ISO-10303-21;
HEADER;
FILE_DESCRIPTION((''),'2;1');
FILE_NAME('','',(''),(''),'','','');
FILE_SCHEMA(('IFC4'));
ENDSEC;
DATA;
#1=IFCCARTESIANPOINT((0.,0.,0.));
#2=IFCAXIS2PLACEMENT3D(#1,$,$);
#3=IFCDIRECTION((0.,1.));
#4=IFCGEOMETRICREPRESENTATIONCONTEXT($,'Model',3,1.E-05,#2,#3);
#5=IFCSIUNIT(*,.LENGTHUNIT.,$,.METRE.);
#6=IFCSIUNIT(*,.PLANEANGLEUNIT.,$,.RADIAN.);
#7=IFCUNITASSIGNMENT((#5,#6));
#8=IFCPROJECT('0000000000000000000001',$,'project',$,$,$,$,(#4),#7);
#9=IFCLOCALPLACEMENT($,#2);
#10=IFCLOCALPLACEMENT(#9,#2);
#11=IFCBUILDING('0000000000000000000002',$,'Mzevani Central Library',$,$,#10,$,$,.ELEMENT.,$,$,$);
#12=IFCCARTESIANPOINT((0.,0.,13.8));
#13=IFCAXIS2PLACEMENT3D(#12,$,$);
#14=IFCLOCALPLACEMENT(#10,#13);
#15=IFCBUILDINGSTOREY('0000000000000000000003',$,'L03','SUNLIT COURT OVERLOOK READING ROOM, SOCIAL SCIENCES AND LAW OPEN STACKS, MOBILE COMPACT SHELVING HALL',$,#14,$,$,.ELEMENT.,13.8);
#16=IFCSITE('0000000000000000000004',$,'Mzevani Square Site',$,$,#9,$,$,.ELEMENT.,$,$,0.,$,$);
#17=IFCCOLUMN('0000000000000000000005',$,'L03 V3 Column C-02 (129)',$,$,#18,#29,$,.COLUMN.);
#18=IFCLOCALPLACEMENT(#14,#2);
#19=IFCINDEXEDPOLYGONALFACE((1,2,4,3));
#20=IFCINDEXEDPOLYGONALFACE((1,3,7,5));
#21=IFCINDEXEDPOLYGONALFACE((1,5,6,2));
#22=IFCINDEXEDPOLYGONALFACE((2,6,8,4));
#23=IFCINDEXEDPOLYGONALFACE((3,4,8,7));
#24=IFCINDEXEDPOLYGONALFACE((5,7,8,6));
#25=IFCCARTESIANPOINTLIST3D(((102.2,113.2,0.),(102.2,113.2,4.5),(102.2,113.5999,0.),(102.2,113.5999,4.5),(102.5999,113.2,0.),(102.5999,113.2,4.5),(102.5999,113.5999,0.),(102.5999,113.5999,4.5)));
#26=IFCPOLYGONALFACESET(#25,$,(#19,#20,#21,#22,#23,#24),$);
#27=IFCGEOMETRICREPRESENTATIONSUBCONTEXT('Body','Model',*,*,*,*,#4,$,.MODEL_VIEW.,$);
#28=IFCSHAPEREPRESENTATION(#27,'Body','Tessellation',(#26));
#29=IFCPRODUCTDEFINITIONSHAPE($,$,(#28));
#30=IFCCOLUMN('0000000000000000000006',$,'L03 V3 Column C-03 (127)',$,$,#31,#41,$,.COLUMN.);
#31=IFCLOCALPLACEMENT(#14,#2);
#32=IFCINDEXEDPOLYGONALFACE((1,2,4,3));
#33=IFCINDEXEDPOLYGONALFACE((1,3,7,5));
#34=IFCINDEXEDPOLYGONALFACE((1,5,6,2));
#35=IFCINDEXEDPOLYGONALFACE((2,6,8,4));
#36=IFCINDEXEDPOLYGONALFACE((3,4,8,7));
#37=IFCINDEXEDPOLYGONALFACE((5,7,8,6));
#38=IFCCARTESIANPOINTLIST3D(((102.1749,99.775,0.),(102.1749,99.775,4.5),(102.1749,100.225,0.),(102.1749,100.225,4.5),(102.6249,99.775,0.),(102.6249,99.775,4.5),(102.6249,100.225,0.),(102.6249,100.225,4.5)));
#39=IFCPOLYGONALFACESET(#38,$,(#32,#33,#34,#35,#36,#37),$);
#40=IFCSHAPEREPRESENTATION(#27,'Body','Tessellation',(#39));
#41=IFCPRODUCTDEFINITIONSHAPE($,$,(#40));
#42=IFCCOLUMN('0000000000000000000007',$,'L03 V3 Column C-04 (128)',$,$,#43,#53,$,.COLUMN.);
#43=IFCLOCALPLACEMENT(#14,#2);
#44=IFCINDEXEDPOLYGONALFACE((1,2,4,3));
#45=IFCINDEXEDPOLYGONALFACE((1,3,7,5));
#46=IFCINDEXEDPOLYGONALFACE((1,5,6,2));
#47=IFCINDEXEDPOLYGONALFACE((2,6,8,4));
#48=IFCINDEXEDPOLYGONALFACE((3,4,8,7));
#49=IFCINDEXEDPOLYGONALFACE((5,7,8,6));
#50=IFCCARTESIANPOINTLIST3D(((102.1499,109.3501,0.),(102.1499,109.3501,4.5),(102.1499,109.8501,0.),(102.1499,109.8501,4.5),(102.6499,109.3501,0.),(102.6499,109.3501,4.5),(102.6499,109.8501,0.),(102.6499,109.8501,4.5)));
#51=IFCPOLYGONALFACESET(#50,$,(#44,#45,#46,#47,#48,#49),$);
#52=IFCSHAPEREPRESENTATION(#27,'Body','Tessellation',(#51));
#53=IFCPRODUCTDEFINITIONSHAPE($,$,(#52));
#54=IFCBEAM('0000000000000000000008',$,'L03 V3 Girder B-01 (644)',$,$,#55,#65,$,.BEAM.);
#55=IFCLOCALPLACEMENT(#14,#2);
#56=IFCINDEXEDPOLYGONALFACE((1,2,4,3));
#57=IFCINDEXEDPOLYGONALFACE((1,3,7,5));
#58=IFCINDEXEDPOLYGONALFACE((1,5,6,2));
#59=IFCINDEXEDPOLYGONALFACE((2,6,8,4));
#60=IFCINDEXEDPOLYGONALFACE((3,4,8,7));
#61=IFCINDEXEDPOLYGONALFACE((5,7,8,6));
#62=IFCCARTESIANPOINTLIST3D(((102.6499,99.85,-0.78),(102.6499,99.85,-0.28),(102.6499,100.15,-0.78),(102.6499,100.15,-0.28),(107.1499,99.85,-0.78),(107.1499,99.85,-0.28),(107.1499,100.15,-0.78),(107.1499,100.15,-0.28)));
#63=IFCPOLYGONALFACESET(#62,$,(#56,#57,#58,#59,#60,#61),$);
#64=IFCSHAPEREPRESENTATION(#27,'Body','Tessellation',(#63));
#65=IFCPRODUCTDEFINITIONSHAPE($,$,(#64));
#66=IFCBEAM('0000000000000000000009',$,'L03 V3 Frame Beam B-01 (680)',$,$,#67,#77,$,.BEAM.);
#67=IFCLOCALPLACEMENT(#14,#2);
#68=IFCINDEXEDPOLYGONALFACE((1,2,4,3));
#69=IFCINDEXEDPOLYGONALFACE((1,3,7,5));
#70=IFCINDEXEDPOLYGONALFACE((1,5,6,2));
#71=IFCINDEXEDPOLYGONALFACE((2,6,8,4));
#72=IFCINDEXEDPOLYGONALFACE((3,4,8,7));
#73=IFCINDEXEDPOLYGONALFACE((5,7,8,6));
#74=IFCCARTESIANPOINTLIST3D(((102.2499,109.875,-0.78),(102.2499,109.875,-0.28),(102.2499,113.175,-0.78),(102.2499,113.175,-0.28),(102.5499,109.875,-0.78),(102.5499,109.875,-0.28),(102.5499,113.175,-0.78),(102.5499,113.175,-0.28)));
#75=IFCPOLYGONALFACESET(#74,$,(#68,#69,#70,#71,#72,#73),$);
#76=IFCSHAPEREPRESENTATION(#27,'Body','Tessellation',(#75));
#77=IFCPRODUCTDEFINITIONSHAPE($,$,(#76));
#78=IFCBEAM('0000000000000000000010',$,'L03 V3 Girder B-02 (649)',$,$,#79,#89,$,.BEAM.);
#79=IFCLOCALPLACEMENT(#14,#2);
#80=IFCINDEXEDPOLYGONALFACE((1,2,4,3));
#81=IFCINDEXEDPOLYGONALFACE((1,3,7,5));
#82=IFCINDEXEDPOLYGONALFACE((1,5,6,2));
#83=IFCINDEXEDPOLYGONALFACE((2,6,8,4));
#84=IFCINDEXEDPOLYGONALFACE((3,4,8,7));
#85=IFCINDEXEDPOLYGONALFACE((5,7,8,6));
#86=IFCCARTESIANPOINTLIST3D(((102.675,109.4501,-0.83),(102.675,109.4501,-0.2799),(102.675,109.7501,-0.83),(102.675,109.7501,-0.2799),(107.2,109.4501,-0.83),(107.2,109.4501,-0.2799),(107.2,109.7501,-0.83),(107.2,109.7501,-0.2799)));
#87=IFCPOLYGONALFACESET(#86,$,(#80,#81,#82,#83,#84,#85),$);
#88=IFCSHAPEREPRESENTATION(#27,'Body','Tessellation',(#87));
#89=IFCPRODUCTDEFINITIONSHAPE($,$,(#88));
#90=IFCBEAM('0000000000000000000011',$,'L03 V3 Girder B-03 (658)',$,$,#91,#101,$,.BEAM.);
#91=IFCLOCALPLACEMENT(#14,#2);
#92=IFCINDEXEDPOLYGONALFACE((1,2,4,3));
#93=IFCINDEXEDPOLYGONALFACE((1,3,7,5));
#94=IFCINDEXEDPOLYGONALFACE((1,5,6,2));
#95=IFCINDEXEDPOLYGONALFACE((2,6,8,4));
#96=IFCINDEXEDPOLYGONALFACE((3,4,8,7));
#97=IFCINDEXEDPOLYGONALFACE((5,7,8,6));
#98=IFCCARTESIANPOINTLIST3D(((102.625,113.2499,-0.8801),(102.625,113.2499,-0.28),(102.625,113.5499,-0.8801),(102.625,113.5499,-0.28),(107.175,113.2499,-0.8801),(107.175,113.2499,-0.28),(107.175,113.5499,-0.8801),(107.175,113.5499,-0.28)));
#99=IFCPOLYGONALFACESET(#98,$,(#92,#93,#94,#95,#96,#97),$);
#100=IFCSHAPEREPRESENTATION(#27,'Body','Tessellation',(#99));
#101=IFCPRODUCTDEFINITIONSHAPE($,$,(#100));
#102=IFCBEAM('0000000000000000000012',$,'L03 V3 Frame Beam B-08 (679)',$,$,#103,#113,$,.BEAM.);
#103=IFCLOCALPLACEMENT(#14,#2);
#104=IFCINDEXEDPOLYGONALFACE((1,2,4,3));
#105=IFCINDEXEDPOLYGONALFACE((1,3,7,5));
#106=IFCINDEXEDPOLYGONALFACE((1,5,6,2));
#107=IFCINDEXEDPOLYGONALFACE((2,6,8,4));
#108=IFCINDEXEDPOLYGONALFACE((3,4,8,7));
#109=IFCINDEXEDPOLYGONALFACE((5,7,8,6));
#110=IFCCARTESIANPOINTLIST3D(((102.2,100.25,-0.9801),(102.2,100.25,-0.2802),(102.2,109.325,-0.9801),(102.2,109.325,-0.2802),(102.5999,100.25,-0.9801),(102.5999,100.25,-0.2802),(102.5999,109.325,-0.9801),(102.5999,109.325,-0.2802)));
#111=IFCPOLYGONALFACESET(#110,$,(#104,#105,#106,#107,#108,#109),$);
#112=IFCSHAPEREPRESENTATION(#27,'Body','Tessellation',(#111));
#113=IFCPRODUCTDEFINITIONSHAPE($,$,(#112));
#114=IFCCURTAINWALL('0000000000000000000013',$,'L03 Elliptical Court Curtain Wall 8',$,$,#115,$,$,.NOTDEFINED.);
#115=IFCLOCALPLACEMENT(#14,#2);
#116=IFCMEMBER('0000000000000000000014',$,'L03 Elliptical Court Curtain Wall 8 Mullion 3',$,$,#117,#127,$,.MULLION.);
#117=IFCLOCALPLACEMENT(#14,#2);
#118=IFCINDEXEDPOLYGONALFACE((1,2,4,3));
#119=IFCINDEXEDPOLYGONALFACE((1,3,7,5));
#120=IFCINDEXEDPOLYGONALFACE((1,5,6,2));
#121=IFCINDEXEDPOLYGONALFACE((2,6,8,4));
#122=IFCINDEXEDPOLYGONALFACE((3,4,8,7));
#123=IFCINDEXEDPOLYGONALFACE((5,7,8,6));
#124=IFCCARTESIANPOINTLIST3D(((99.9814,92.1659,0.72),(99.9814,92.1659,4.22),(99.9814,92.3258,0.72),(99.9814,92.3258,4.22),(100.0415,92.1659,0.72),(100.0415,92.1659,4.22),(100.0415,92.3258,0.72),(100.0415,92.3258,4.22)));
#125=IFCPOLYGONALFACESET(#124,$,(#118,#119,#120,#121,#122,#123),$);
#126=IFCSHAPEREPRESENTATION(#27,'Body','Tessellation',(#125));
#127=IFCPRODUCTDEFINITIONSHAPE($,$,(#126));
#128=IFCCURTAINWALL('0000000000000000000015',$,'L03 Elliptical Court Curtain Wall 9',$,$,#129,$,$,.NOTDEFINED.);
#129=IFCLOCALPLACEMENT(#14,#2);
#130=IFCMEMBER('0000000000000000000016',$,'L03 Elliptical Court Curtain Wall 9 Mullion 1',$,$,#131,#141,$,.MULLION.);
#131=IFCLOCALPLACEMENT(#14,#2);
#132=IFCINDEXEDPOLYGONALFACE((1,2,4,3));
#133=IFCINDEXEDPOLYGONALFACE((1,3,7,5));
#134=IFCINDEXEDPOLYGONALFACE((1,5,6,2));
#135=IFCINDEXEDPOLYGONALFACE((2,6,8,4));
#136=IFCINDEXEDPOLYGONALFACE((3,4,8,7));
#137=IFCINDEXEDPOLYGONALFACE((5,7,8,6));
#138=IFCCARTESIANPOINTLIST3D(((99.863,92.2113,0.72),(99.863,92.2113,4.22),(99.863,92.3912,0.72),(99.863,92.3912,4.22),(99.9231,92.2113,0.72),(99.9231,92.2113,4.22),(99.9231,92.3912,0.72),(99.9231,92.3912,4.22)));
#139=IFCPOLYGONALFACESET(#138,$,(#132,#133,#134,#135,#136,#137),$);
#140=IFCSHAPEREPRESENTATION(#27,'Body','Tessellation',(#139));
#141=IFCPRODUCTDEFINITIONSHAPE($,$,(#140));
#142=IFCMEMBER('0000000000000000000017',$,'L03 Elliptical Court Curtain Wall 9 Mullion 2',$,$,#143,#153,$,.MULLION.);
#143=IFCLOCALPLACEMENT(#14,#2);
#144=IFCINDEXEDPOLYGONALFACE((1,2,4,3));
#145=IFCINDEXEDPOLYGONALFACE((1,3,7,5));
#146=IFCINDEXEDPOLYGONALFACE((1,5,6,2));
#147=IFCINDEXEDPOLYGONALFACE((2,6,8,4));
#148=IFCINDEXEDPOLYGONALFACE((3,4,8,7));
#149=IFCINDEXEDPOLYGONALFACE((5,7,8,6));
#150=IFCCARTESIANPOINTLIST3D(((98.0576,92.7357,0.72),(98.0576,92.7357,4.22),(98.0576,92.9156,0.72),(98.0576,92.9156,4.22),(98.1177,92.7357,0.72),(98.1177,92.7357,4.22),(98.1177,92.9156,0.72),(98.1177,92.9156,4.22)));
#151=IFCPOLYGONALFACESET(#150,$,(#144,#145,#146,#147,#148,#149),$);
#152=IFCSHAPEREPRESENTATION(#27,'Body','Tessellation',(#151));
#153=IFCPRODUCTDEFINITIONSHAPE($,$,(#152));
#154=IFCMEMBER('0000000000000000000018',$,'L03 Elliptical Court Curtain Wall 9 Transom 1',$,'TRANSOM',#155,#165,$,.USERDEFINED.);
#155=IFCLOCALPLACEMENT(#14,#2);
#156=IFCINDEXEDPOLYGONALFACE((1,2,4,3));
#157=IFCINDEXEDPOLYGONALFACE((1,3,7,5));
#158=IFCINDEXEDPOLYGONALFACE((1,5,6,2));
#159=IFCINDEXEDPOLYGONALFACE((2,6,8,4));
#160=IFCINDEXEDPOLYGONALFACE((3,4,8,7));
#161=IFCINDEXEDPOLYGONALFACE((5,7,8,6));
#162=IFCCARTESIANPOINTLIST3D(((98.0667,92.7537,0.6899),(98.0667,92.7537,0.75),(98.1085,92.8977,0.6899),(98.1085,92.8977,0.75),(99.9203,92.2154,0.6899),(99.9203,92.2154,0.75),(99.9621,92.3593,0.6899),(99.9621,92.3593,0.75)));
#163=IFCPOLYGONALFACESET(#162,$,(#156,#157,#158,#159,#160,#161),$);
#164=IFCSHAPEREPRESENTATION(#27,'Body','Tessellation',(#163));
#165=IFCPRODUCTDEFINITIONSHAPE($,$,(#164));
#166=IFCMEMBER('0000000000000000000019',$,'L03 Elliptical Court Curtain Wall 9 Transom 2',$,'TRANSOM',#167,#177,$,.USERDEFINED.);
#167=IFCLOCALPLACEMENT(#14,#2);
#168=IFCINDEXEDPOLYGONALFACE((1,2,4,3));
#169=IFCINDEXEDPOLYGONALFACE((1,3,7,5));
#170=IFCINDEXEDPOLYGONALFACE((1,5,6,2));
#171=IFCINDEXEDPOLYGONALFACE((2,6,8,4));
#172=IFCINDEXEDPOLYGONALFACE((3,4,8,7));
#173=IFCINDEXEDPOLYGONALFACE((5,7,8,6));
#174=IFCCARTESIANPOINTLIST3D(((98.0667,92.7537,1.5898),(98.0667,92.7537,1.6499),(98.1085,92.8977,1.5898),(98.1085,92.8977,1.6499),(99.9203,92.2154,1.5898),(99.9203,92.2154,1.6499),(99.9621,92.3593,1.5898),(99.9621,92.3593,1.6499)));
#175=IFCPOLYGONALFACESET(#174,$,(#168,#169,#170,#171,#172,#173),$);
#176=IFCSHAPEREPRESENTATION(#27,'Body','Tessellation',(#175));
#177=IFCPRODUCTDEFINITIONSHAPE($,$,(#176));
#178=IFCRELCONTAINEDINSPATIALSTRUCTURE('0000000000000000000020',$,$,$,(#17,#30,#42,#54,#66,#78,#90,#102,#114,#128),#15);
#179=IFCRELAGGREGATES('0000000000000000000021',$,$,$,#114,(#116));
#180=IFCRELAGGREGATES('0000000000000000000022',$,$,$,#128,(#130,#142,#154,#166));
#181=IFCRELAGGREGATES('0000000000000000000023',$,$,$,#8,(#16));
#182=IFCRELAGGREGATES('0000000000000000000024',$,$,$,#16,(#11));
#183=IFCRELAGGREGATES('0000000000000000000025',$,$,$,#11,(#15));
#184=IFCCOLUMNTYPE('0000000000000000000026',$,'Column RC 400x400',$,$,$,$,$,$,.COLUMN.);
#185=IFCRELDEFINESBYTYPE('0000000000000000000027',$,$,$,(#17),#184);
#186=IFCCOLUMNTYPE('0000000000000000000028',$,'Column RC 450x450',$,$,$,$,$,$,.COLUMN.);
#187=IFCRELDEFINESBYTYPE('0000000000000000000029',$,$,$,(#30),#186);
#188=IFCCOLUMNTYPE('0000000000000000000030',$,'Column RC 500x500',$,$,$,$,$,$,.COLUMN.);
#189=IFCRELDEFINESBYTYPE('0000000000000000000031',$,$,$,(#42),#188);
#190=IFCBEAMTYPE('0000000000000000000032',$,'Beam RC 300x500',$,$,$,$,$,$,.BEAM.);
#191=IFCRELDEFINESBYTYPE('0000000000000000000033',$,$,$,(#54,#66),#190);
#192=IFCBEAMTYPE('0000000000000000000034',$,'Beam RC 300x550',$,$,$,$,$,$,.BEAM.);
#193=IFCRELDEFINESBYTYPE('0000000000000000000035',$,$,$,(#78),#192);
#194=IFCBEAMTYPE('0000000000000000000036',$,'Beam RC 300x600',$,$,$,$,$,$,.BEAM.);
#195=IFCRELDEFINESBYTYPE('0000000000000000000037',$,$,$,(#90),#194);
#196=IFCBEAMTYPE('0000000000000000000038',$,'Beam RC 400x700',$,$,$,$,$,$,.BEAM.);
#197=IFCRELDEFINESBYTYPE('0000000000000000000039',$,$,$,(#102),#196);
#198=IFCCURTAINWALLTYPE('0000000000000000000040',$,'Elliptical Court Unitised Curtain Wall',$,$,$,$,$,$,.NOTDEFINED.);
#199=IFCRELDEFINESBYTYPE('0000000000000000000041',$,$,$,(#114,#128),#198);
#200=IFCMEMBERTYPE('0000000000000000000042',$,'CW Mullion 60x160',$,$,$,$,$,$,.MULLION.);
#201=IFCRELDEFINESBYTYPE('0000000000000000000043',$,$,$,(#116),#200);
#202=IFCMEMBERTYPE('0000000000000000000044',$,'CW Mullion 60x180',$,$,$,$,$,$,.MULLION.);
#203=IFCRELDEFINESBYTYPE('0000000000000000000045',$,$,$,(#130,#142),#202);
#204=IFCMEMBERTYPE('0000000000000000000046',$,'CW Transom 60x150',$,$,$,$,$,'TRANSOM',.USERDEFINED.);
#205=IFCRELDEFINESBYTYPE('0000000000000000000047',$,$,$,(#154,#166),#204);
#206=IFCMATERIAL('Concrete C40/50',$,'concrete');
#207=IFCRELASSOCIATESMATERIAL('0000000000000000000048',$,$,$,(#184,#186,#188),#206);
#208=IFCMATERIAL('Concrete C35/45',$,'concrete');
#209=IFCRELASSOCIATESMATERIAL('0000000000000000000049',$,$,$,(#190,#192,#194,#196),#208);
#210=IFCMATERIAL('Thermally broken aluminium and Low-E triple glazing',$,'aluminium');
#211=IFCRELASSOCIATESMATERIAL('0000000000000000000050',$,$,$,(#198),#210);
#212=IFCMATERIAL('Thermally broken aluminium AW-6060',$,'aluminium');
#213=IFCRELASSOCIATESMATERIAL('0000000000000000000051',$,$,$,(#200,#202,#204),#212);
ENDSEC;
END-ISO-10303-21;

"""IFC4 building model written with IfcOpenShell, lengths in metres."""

from ifc_helpers import new_model, si_unit, direction, frame, origin, origin_2d, place, context, subcontext, project, spatial, rectangle, extrude, material, material_profile, profile_set, type_object, element, aggregate, save


model = new_model("IFC4")

# Units and contexts
model_context = context("Model", 3, precision=1e-05, world=origin(), true_north=direction((0.0, 1.0)))
body_context = subcontext(model_context, "Body", "Model", "MODEL_VIEW")
ifc_project = project(units=[si_unit("LENGTHUNIT", "METRE"), si_unit("PLANEANGLEUNIT", "RADIAN")], contexts=[model_context])

# Site, building, storey
site_placement = place(None, origin())
site = spatial("IfcSite", under=ifc_project, at=site_placement, Name="Mzevani Square Site", CompositionType="ELEMENT", RefElevation=0.0)
building_placement = place(site_placement, origin())
building = spatial("IfcBuilding", under=site, at=building_placement, Name="Mzevani Central Library", CompositionType="ELEMENT")
storey_placement = place(building_placement, frame((0.0, 0.0, 13.8)))
storey = spatial("IfcBuildingStorey", under=building, at=storey_placement, Name="L03", Description="SUNLIT COURT OVERLOOK READING ROOM, SOCIAL SCIENCES AND LAW OPEN STACKS, MOBILE COMPACT SHELVING HALL", CompositionType="ELEMENT", Elevation=13.8)

# Columns
ifc_material_1 = material(Name="Concrete C40/50", Category="concrete")
ifc_material_profile_1 = material_profile(ifc_material_1, rectangle(XDim=0.3999, YDim=0.3999, at=origin_2d()), Name="RC 400x400")
ifc_profile_set_1 = profile_set([ifc_material_profile_1], Name="Concrete C40/50")
column_type_1 = type_object("IfcColumnType", Name="Column RC 400x400", PredefinedType="COLUMN", material=ifc_profile_set_1)
column_1_placement = place(storey_placement, frame((102.3999, 113.3999, 0.0), z_axis=(0.0, 0.0, 1.0), x_axis=(1.0, 0.0, 0.0)))
element("IfcColumn", 1, at=column_1_placement, inside=storey, type_object=column_type_1, Name="L03 V3 Column C-02 (129)", PredefinedType="COLUMN", context=body_context, shape_type="SweptSolid", body=[
    extrude(rectangle(XDim=0.3999, YDim=0.3999, at=origin_2d()), origin(), (0.0, 0.0, 1.0), 4.5),
])
ifc_material_profile_2 = material_profile(ifc_material_1, rectangle(XDim=0.45, YDim=0.45, at=origin_2d()), Name="RC 450x450")
ifc_profile_set_2 = profile_set([ifc_material_profile_2], Name="Concrete C40/50")
column_type_2 = type_object("IfcColumnType", Name="Column RC 450x450", PredefinedType="COLUMN", material=ifc_profile_set_2)
column_2_placement = place(storey_placement, frame((102.3999, 100.0, 0.0), z_axis=(0.0, 0.0, 1.0), x_axis=(1.0, 0.0, 0.0)))
element("IfcColumn", 2, at=column_2_placement, inside=storey, type_object=column_type_2, Name="L03 V3 Column C-03 (127)", PredefinedType="COLUMN", context=body_context, shape_type="SweptSolid", body=[
    extrude(rectangle(XDim=0.45, YDim=0.45, at=origin_2d()), origin(), (0.0, 0.0, 1.0), 4.5),
])
ifc_material_profile_3 = material_profile(ifc_material_1, rectangle(XDim=0.5, YDim=0.5, at=origin_2d()), Name="RC 500x500")
ifc_profile_set_3 = profile_set([ifc_material_profile_3], Name="Concrete C40/50")
column_type_3 = type_object("IfcColumnType", Name="Column RC 500x500", PredefinedType="COLUMN", material=ifc_profile_set_3)
column_3_placement = place(storey_placement, frame((102.3999, 109.6001, 0.0), z_axis=(0.0, 0.0, 1.0), x_axis=(1.0, 0.0, 0.0)))
element("IfcColumn", 3, at=column_3_placement, inside=storey, type_object=column_type_3, Name="L03 V3 Column C-04 (128)", PredefinedType="COLUMN", context=body_context, shape_type="SweptSolid", body=[
    extrude(rectangle(XDim=0.5, YDim=0.5, at=origin_2d()), origin(), (0.0, 0.0, 1.0), 4.5),
])

# Beams
ifc_material_2 = material(Name="Concrete C35/45", Category="concrete")
ifc_material_profile_4 = material_profile(ifc_material_2, rectangle(XDim=0.3, YDim=0.5, at=origin_2d()), Name="RC B300x500")
ifc_profile_set_4 = profile_set([ifc_material_profile_4], Name="Concrete C35/45")
beam_type_1 = type_object("IfcBeamType", Name="Beam RC 300x500", PredefinedType="BEAM", material=ifc_profile_set_4)
beam_1_placement = place(storey_placement, frame((102.6499, 100.0, -0.53), z_axis=(1.0, 0.0, 0.0), x_axis=(0.0, 1.0, 0.0)))
element("IfcBeam", 4, at=beam_1_placement, inside=storey, type_object=beam_type_1, Name="L03 V3 Girder B-01 (644)", PredefinedType="BEAM", context=body_context, shape_type="SweptSolid", body=[
    extrude(rectangle(XDim=0.3, YDim=0.5, at=origin_2d()), origin(), (0.0, 0.0, 1.0), 4.5),
])
beam_2_placement = place(storey_placement, frame((102.3999, 109.875, -0.53), z_axis=(0.0, 1.0, 0.0), x_axis=(-1.0, 0.0, 0.0)))
element("IfcBeam", 5, at=beam_2_placement, inside=storey, type_object=beam_type_1, Name="L03 V3 Frame Beam B-01 (680)", PredefinedType="BEAM", context=body_context, shape_type="SweptSolid", body=[
    extrude(rectangle(XDim=0.3, YDim=0.5, at=origin_2d()), origin(), (0.0, 0.0, 1.0), 3.3),
])
ifc_material_profile_5 = material_profile(ifc_material_2, rectangle(XDim=0.3, YDim=0.55, at=origin_2d()), Name="RC B300x550")
ifc_profile_set_5 = profile_set([ifc_material_profile_5], Name="Concrete C35/45")
beam_type_2 = type_object("IfcBeamType", Name="Beam RC 300x550", PredefinedType="BEAM", material=ifc_profile_set_5)
beam_3_placement = place(storey_placement, frame((102.675, 109.6001, -0.5549), z_axis=(1.0, 0.0, 0.0), x_axis=(0.0, 1.0, 0.0)))
element("IfcBeam", 6, at=beam_3_placement, inside=storey, type_object=beam_type_2, Name="L03 V3 Girder B-02 (649)", PredefinedType="BEAM", context=body_context, shape_type="SweptSolid", body=[
    extrude(rectangle(XDim=0.3, YDim=0.55, at=origin_2d()), origin(), (0.0, 0.0, 1.0), 4.5249),
])
ifc_material_profile_6 = material_profile(ifc_material_2, rectangle(XDim=0.3, YDim=0.6001, at=origin_2d()), Name="RC B300x600")
ifc_profile_set_6 = profile_set([ifc_material_profile_6], Name="Concrete C35/45")
beam_type_3 = type_object("IfcBeamType", Name="Beam RC 300x600", PredefinedType="BEAM", material=ifc_profile_set_6)
beam_4_placement = place(storey_placement, frame((102.625, 113.3999, -0.5801), z_axis=(1.0, 0.0, 0.0), x_axis=(0.0, 1.0, 0.0)))
element("IfcBeam", 7, at=beam_4_placement, inside=storey, type_object=beam_type_3, Name="L03 V3 Girder B-03 (658)", PredefinedType="BEAM", context=body_context, shape_type="SweptSolid", body=[
    extrude(rectangle(XDim=0.3, YDim=0.6001, at=origin_2d()), origin(), (0.0, 0.0, 1.0), 4.55),
])
ifc_material_profile_7 = material_profile(ifc_material_2, rectangle(XDim=0.3999, YDim=0.7, at=origin_2d()), Name="RC B400x700")
ifc_profile_set_7 = profile_set([ifc_material_profile_7], Name="Concrete C35/45")
beam_type_4 = type_object("IfcBeamType", Name="Beam RC 400x700", PredefinedType="BEAM", material=ifc_profile_set_7)
beam_5_placement = place(storey_placement, frame((102.3999, 100.25, -0.6301), z_axis=(0.0, 1.0, 0.0), x_axis=(-1.0, 0.0, 0.0)))
element("IfcBeam", 8, at=beam_5_placement, inside=storey, type_object=beam_type_4, Name="L03 V3 Frame Beam B-08 (679)", PredefinedType="BEAM", context=body_context, shape_type="SweptSolid", body=[
    extrude(rectangle(XDim=0.3999, YDim=0.7, at=origin_2d()), origin(), (0.0, 0.0, 1.0), 9.075),
])

# Curtain wall, member
ifc_material_3 = material(Name="Thermally broken aluminium and Low-E triple glazing", Category="aluminium")
curtain_wall_type = type_object("IfcCurtainWallType", Name="Elliptical Court Unitised Curtain Wall", PredefinedType="NOTDEFINED", material=ifc_material_3)
curtain_wall_1_placement = place(storey_placement, origin())
curtain_wall_1 = element("IfcCurtainWall", 9, at=curtain_wall_1_placement, inside=storey, type_object=curtain_wall_type, Name="L03 Elliptical Court Curtain Wall 8", PredefinedType="NOTDEFINED")
ifc_material_4 = material(Name="Thermally broken aluminium AW-6060", Category="aluminium")
ifc_material_profile_8 = material_profile(ifc_material_4, rectangle(XDim=0.0601, YDim=0.1599, at=origin_2d()), Name="ALU M60x160")
ifc_profile_set_8 = profile_set([ifc_material_profile_8], Name="Thermally broken aluminium AW-6060")
member_type_1 = type_object("IfcMemberType", Name="CW Mullion 60x160", PredefinedType="MULLION", material=ifc_profile_set_8)
member_1_placement = place(storey_placement, frame((100.0115, 92.2458, 0.72), z_axis=(0.0, 0.0, 1.0), x_axis=(1.0, 0.0, 0.0)))
member_1 = element("IfcMember", 10, at=member_1_placement, type_object=member_type_1, Name="L03 Elliptical Court Curtain Wall 8 Mullion 3", PredefinedType="MULLION", context=body_context, shape_type="SweptSolid", body=[
    extrude(rectangle(XDim=0.0601, YDim=0.1599, at=origin_2d()), origin(), (0.0, 0.0, 1.0), 3.5),
])

# Curtain wall, members
curtain_wall_2_placement = place(storey_placement, origin())
curtain_wall_2 = element("IfcCurtainWall", 11, at=curtain_wall_2_placement, inside=storey, type_object=curtain_wall_type, Name="L03 Elliptical Court Curtain Wall 9", PredefinedType="NOTDEFINED")
ifc_material_profile_9 = material_profile(ifc_material_4, rectangle(XDim=0.0601, YDim=0.1799, at=origin_2d()), Name="ALU M60x180")
ifc_profile_set_9 = profile_set([ifc_material_profile_9], Name="Thermally broken aluminium AW-6060")
member_type_2 = type_object("IfcMemberType", Name="CW Mullion 60x180", PredefinedType="MULLION", material=ifc_profile_set_9)
member_2_placement = place(storey_placement, frame((99.8931, 92.3013, 0.72), z_axis=(0.0, 0.0, 1.0), x_axis=(1.0, 0.0, 0.0)))
member_2 = element("IfcMember", 12, at=member_2_placement, type_object=member_type_2, Name="L03 Elliptical Court Curtain Wall 9 Mullion 1", PredefinedType="MULLION", context=body_context, shape_type="SweptSolid", body=[
    extrude(rectangle(XDim=0.0601, YDim=0.1799, at=origin_2d()), origin(), (0.0, 0.0, 1.0), 3.5),
])
member_3_placement = place(storey_placement, frame((98.0876, 92.8257, 0.72), z_axis=(0.0, 0.0, 1.0), x_axis=(1.0, 0.0, 0.0)))
member_3 = element("IfcMember", 13, at=member_3_placement, type_object=member_type_2, Name="L03 Elliptical Court Curtain Wall 9 Mullion 2", PredefinedType="MULLION", context=body_context, shape_type="SweptSolid", body=[
    extrude(rectangle(XDim=0.0601, YDim=0.1799, at=origin_2d()), origin(), (0.0, 0.0, 1.0), 3.5),
])
ifc_material_profile_10 = material_profile(ifc_material_4, rectangle(XDim=0.1499, YDim=0.0601, at=origin_2d()), Name="ALU T60x150")
ifc_profile_set_10 = profile_set([ifc_material_profile_10], Name="Thermally broken aluminium AW-6060")
member_type_3 = type_object("IfcMemberType", Name="CW Transom 60x150", ElementType="TRANSOM", PredefinedType="USERDEFINED", material=ifc_profile_set_10)
member_4_placement = place(storey_placement, frame((99.9412, 92.2874, 0.72), z_axis=(-0.960317, 0.278912, 0.0), x_axis=(-0.278912, -0.960317, 0.0)))
member_4 = element("IfcMember", 14, at=member_4_placement, type_object=member_type_3, Name="L03 Elliptical Court Curtain Wall 9 Transom 1", ObjectType="TRANSOM", PredefinedType="USERDEFINED", context=body_context, shape_type="SweptSolid", body=[
    extrude(rectangle(XDim=0.1499, YDim=0.0601, at=origin_2d()), origin(), (0.0, 0.0, 1.0), 1.9302),
])
member_5_placement = place(storey_placement, frame((99.9412, 92.2874, 1.6199), z_axis=(-0.960317, 0.278912, 0.0), x_axis=(-0.278912, -0.960317, 0.0)))
member_5 = element("IfcMember", 15, at=member_5_placement, type_object=member_type_3, Name="L03 Elliptical Court Curtain Wall 9 Transom 2", ObjectType="TRANSOM", PredefinedType="USERDEFINED", context=body_context, shape_type="SweptSolid", body=[
    extrude(rectangle(XDim=0.1499, YDim=0.0601, at=origin_2d()), origin(), (0.0, 0.0, 1.0), 1.9302),
])

aggregate(curtain_wall_1, [member_1])
aggregate(curtain_wall_2, [member_2, member_3, member_4, member_5])

save(model, "model.ifc")
